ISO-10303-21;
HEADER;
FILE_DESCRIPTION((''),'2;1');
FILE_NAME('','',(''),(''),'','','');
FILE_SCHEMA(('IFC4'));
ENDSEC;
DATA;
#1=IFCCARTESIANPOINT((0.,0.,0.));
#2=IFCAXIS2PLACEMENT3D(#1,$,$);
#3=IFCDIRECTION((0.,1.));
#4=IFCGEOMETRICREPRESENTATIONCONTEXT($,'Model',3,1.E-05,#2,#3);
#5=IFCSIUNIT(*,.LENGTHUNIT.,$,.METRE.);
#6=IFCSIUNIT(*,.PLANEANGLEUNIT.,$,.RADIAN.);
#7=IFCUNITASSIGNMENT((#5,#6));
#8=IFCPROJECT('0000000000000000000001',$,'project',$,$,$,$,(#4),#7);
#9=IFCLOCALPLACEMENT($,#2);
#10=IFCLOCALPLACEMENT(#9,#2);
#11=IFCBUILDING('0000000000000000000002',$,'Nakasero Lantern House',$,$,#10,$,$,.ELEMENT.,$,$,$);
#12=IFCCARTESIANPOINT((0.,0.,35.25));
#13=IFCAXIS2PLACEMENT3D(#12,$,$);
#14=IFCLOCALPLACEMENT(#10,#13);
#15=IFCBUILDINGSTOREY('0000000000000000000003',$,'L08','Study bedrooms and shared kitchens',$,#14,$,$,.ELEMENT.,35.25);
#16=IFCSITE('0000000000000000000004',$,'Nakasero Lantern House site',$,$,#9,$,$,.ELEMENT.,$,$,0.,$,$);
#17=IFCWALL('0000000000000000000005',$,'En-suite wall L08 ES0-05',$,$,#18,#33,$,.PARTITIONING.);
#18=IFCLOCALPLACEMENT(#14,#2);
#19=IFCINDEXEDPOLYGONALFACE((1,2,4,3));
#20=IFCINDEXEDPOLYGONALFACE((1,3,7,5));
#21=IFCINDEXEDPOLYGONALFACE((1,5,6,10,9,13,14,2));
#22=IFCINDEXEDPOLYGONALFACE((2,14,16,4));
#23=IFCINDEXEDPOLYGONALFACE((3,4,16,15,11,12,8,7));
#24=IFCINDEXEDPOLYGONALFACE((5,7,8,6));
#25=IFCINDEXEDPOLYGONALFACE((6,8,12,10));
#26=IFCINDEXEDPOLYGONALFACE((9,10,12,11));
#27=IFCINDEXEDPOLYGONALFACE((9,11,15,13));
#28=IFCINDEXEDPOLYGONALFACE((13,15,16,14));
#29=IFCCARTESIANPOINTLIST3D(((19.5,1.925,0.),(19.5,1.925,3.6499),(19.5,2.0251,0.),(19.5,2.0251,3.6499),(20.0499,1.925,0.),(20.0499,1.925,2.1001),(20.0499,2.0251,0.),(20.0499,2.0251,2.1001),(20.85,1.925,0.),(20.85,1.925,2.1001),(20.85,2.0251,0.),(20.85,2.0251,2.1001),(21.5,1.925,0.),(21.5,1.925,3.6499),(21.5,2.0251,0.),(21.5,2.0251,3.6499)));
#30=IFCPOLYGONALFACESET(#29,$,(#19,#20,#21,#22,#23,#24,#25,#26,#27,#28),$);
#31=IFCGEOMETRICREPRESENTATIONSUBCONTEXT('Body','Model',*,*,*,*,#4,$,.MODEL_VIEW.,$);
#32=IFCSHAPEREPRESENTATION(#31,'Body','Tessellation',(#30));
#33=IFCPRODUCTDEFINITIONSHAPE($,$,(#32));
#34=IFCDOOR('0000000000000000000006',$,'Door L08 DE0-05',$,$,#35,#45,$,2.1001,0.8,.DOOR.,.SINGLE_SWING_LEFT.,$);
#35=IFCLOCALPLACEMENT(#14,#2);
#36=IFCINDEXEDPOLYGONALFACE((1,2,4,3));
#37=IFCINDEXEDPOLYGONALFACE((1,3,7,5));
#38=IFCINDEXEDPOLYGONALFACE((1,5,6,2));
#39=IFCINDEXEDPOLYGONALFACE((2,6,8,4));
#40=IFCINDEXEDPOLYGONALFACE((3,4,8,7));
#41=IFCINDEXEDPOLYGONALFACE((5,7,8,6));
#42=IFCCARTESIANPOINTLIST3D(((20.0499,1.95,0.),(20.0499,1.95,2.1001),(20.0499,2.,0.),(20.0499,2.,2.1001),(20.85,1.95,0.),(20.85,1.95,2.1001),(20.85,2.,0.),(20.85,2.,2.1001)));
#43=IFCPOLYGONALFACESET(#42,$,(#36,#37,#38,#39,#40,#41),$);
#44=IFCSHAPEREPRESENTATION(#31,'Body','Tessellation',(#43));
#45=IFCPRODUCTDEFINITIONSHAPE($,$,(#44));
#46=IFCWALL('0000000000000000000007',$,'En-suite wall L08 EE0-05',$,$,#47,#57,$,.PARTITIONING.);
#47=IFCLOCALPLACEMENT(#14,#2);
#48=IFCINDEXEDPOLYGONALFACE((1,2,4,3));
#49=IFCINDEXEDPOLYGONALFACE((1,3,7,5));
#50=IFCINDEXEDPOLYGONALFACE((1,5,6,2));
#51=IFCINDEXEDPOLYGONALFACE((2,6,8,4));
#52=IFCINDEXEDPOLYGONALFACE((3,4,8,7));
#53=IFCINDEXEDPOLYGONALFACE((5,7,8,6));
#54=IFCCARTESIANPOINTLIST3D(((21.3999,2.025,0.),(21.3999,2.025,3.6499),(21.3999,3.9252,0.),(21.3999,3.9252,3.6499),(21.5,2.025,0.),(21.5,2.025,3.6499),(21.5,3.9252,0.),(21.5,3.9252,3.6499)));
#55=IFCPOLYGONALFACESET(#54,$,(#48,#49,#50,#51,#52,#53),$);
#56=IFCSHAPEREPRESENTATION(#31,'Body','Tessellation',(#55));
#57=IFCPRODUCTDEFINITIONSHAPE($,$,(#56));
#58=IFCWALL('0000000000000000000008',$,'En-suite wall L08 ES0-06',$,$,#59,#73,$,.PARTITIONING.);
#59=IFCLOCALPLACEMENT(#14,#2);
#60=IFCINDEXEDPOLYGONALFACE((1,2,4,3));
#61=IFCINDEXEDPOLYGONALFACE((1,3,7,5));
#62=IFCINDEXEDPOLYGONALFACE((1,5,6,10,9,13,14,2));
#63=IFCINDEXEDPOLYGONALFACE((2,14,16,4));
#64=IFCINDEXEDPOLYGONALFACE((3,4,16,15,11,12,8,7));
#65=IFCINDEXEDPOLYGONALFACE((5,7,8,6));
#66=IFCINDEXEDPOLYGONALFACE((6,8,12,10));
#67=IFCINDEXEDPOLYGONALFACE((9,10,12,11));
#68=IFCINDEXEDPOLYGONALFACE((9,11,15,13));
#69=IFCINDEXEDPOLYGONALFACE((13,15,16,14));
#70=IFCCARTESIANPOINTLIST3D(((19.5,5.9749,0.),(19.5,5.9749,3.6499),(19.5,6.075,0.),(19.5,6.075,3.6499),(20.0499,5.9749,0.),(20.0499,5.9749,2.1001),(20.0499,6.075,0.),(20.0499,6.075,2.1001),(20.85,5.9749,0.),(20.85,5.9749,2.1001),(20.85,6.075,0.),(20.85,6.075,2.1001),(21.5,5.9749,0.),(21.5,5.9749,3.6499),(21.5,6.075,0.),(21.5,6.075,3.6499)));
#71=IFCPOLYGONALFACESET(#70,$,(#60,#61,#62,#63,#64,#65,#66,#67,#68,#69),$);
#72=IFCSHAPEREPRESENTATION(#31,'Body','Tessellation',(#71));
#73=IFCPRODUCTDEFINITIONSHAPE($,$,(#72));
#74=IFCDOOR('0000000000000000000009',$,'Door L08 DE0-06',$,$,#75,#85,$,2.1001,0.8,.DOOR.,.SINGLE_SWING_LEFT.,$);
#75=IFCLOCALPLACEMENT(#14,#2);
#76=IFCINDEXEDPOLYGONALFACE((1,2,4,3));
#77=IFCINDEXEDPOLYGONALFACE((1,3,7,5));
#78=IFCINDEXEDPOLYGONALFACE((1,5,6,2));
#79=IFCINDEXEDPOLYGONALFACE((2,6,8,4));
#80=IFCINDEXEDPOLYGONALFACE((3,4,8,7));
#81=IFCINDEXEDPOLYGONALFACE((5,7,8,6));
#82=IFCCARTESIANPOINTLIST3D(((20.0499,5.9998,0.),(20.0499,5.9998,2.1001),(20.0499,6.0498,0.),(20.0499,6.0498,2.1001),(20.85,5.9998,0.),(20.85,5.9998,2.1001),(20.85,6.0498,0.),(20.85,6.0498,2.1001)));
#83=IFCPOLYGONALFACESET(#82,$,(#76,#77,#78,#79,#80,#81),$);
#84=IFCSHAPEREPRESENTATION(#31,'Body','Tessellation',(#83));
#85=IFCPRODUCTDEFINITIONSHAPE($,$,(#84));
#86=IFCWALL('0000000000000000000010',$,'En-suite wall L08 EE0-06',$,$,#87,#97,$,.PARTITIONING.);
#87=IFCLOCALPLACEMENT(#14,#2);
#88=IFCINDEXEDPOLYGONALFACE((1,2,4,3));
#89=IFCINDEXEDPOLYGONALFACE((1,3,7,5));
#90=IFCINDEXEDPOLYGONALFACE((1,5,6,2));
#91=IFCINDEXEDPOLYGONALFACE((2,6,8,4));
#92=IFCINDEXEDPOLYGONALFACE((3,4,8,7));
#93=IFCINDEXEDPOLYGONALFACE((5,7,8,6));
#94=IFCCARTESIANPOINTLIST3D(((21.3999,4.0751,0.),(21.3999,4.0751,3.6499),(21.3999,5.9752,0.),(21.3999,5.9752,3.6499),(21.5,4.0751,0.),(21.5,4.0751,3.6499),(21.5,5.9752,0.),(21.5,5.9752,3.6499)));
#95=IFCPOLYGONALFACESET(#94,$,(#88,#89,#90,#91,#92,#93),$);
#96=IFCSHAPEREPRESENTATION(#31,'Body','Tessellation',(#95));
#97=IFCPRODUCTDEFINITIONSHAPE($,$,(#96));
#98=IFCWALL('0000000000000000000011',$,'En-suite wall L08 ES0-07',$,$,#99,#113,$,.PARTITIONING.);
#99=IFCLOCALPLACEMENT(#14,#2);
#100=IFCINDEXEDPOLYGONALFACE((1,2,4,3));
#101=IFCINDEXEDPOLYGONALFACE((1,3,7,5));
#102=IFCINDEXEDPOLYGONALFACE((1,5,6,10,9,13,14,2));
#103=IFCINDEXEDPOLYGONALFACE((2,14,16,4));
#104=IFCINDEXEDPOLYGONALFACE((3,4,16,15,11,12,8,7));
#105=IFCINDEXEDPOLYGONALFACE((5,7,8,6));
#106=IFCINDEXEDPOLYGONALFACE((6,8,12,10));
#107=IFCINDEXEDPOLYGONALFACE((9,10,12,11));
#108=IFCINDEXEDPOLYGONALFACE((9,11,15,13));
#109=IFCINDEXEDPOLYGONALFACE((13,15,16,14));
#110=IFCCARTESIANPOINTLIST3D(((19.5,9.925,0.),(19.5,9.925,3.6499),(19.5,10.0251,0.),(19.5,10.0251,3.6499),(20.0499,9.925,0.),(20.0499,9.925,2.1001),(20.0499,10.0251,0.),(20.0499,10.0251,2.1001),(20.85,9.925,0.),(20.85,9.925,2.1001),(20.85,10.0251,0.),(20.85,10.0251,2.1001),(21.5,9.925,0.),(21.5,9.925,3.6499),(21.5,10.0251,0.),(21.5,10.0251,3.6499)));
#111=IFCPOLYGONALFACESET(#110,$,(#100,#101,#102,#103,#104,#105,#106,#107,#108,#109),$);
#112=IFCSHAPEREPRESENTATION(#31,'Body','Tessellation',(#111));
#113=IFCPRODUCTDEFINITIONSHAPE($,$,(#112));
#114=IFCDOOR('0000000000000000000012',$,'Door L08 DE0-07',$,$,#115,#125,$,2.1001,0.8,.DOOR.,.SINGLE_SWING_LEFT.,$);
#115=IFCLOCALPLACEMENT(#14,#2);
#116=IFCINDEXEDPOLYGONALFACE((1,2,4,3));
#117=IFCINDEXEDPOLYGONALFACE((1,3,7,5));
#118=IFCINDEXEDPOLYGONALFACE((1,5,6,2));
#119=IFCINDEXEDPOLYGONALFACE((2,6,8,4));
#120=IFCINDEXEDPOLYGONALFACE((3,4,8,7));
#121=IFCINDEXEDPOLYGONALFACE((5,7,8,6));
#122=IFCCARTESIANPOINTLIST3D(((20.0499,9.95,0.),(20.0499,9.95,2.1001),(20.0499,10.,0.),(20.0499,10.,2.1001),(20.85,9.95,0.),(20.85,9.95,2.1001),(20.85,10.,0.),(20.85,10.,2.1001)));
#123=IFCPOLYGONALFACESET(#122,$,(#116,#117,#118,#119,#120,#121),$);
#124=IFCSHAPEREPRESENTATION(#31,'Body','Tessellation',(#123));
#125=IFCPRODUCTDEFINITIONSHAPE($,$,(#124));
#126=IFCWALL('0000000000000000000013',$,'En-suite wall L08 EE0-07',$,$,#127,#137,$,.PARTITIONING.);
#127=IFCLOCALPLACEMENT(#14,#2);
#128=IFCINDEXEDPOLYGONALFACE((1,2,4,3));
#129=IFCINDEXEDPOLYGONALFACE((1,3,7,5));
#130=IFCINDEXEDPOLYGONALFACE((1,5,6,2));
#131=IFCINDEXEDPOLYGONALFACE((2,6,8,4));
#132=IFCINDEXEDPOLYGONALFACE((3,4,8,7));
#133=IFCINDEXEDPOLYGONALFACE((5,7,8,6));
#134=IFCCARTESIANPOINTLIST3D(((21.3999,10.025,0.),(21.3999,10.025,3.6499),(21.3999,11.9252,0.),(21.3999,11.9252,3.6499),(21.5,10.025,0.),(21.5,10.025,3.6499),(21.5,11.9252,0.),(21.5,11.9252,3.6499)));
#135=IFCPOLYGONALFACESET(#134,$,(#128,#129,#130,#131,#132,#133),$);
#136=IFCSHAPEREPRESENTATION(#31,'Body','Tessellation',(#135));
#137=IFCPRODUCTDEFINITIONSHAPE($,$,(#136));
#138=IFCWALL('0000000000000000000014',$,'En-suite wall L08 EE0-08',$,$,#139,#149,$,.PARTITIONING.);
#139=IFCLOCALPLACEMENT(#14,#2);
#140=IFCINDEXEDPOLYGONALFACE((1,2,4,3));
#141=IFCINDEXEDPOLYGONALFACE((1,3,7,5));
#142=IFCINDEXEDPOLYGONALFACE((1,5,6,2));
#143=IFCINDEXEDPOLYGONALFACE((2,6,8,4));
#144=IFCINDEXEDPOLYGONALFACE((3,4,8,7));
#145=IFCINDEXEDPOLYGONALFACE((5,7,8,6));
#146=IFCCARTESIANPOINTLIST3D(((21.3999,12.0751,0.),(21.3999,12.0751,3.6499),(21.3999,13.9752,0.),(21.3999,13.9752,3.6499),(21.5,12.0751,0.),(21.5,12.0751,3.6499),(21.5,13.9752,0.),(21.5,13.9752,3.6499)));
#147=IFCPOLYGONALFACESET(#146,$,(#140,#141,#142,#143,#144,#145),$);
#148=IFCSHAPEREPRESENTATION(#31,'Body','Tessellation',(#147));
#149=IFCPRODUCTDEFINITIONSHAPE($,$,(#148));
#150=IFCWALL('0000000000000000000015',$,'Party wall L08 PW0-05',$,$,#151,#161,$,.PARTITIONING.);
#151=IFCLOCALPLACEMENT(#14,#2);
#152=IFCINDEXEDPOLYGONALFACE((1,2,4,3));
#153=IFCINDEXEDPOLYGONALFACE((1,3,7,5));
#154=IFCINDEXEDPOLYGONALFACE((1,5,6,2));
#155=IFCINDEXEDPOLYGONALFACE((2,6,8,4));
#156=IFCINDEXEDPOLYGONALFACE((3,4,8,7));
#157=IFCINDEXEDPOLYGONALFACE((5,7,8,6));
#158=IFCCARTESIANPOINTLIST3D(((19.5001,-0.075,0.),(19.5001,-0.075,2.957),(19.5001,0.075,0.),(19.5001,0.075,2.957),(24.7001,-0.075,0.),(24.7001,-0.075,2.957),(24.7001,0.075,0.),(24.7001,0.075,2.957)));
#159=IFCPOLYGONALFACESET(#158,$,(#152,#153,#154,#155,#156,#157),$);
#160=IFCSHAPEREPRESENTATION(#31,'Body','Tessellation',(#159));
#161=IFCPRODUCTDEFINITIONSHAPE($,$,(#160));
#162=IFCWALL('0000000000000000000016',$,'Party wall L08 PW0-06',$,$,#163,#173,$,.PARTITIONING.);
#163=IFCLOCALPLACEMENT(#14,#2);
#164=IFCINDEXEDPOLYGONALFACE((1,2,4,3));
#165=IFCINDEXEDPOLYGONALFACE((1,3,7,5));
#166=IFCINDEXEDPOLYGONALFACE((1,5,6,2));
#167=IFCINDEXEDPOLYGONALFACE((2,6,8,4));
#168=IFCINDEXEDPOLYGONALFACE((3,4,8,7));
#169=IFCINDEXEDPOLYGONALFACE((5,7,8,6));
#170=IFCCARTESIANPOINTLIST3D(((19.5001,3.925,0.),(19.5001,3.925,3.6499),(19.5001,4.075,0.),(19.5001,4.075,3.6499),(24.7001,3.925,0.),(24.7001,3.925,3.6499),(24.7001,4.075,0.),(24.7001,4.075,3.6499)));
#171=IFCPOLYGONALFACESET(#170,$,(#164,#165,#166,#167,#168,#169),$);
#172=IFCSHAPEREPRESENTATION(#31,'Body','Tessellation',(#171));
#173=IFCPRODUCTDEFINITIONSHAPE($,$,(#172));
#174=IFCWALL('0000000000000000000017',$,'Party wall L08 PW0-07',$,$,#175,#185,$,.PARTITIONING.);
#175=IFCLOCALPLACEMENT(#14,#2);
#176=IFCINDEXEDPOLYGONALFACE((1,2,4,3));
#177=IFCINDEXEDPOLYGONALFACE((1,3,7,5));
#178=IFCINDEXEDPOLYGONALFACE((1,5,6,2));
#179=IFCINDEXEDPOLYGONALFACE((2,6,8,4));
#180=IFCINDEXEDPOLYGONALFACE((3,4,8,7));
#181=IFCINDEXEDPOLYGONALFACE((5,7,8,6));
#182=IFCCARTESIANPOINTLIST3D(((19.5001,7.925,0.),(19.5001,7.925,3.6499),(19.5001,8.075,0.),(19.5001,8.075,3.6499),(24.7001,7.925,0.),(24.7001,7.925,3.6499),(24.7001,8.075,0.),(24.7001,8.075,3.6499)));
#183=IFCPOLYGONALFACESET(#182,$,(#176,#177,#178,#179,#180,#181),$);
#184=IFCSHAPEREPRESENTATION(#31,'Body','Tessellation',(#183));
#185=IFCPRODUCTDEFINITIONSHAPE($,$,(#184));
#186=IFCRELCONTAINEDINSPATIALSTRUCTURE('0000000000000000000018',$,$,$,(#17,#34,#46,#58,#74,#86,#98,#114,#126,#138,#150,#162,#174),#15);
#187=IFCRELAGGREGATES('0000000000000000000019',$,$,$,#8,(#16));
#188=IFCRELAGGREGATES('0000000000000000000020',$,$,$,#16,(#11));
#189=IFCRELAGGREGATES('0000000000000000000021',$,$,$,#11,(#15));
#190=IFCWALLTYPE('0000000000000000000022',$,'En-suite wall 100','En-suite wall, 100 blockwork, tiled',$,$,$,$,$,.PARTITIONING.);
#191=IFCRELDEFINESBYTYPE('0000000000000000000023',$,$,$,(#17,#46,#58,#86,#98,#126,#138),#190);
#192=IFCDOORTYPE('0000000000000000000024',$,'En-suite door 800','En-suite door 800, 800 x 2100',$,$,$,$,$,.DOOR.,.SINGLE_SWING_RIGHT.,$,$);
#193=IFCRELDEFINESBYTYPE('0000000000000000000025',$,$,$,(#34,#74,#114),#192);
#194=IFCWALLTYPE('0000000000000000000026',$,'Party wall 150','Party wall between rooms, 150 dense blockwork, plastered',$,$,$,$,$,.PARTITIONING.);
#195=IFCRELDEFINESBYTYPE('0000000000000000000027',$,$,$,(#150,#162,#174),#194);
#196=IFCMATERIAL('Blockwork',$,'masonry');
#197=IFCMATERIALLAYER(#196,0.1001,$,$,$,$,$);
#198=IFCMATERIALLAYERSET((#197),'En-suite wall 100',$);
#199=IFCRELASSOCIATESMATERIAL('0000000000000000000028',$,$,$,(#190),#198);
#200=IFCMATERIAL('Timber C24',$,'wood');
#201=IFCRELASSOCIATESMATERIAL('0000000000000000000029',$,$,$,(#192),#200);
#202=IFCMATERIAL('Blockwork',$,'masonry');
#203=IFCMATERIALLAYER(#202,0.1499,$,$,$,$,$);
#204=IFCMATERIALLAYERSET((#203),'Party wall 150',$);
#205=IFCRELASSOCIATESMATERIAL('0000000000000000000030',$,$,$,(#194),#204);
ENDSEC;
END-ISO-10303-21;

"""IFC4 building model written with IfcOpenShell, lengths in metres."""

from ifc_helpers import new_model, si_unit, direction, frame, frame_2d, origin, place, context, subcontext, project, spatial, rectangle, extrude, material, layer, layer_set, type_object, element, fill, save


model = new_model("IFC4")

# Units and contexts
model_context = context("Model", 3, precision=1e-05, world=origin(), true_north=direction((0.0, 1.0)))
body_context = subcontext(model_context, "Body", "Model", "MODEL_VIEW")
ifc_project = project(units=[si_unit("LENGTHUNIT", "METRE"), si_unit("PLANEANGLEUNIT", "RADIAN")], contexts=[model_context])

# Site, building, storey
site_placement = place(None, origin())
site = spatial("IfcSite", under=ifc_project, at=site_placement, Name="Nakasero Lantern House site", CompositionType="ELEMENT", RefElevation=0.0)
building_placement = place(site_placement, origin())
building = spatial("IfcBuilding", under=site, at=building_placement, Name="Nakasero Lantern House", CompositionType="ELEMENT")
storey_placement = place(building_placement, frame((0.0, 0.0, 35.25)))
storey = spatial("IfcBuildingStorey", under=building, at=storey_placement, Name="L08", Description="Study bedrooms and shared kitchens", CompositionType="ELEMENT", Elevation=35.25)

# Wall, opening, door
ifc_material_1 = material(Name="Blockwork", Category="masonry")
ifc_layer_1 = layer(ifc_material_1, 0.1001)
ifc_layer_set_1 = layer_set([ifc_layer_1], Name="En-suite wall 100")
wall_type_1 = type_object("IfcWallType", Name="En-suite wall 100", Description="En-suite wall, 100 blockwork, tiled", PredefinedType="PARTITIONING", material=ifc_layer_set_1)
wall_1_placement = place(storey_placement, frame((19.5, 1.9751, 0.0), z_axis=(0.0, 0.0, 1.0), x_axis=(1.0, 0.0, 0.0)))
wall_1 = element("IfcWall", 1, at=wall_1_placement, inside=storey, type_object=wall_type_1, Name="En-suite wall L08 ES0-05", PredefinedType="PARTITIONING", context=body_context, shape_type="SweptSolid", body=[
    extrude(rectangle(XDim=2.0, YDim=0.1001, at=frame_2d((1.0, 0.0))), origin(), (0.0, 0.0, 1.0), 3.6499),
])
opening_1_placement = place(wall_1_placement, frame((0.55, 0.0, 0.0)))
opening_1 = element("IfcOpeningElement", 2, at=opening_1_placement, cuts=wall_1, PredefinedType="OPENING", context=body_context, shape_type="SweptSolid", body=[
    extrude(rectangle(XDim=0.8, YDim=2.1001, at=frame_2d((0.3999, 1.05))), frame((0.0, 0.0701, 0.0), z_axis=(0.0, -1.0, 0.0), x_axis=(1.0, 0.0, 0.0)), (0.0, 0.0, 1.0), 0.1401),
])
ifc_material_2 = material(Name="Timber C24", Category="wood")
door_type = type_object("IfcDoorType", Name="En-suite door 800", Description="En-suite door 800, 800 x 2100", OperationType="SINGLE_SWING_RIGHT", PredefinedType="DOOR", material=ifc_material_2)
door_1_placement = place(opening_1_placement, origin())
door_1 = element("IfcDoor", 3, at=door_1_placement, inside=storey, type_object=door_type, Name="Door L08 DE0-05", OperationType="SINGLE_SWING_LEFT", OverallHeight=2.1001, OverallWidth=0.8, PredefinedType="DOOR", context=body_context, shape_type="SweptSolid", body=[
    extrude(rectangle(XDim=0.8, YDim=2.1001, at=frame_2d((0.3999, 1.05))), frame((0.0, 0.0249, 0.0), z_axis=(0.0, -1.0, 0.0), x_axis=(1.0, 0.0, 0.0)), (0.0, 0.0, 1.0), 0.05),
])
fill(opening_1, door_1)

# Wall
wall_2_placement = place(storey_placement, frame((21.45, 2.0249, 0.0), z_axis=(0.0, 0.0, 1.0), x_axis=(0.0, 1.0, 0.0)))
element("IfcWall", 4, at=wall_2_placement, inside=storey, type_object=wall_type_1, Name="En-suite wall L08 EE0-05", PredefinedType="PARTITIONING", context=body_context, shape_type="SweptSolid", body=[
    extrude(rectangle(XDim=1.9001, YDim=0.1001, at=frame_2d((0.9502, 0.0))), origin(), (0.0, 0.0, 1.0), 3.6499),
])

# Wall, opening, door
wall_3_placement = place(storey_placement, frame((19.5, 6.0249, 0.0), z_axis=(0.0, 0.0, 1.0), x_axis=(1.0, 0.0, 0.0)))
wall_3 = element("IfcWall", 5, at=wall_3_placement, inside=storey, type_object=wall_type_1, Name="En-suite wall L08 ES0-06", PredefinedType="PARTITIONING", context=body_context, shape_type="SweptSolid", body=[
    extrude(rectangle(XDim=2.0, YDim=0.1001, at=frame_2d((1.0, 0.0))), origin(), (0.0, 0.0, 1.0), 3.6499),
])
opening_2_placement = place(wall_3_placement, frame((0.55, 0.0, 0.0)))
opening_2 = element("IfcOpeningElement", 6, at=opening_2_placement, cuts=wall_3, PredefinedType="OPENING", context=body_context, shape_type="SweptSolid", body=[
    extrude(rectangle(XDim=0.8, YDim=2.1001, at=frame_2d((0.3999, 1.05))), frame((0.0, 0.0701, 0.0), z_axis=(0.0, -1.0, 0.0), x_axis=(1.0, 0.0, 0.0)), (0.0, 0.0, 1.0), 0.1401),
])
door_2_placement = place(opening_2_placement, origin())
door_2 = element("IfcDoor", 7, at=door_2_placement, inside=storey, type_object=door_type, Name="Door L08 DE0-06", OperationType="SINGLE_SWING_LEFT", OverallHeight=2.1001, OverallWidth=0.8, PredefinedType="DOOR", context=body_context, shape_type="SweptSolid", body=[
    extrude(rectangle(XDim=0.8, YDim=2.1001, at=frame_2d((0.3999, 1.05))), frame((0.0, 0.0249, 0.0), z_axis=(0.0, -1.0, 0.0), x_axis=(1.0, 0.0, 0.0)), (0.0, 0.0, 1.0), 0.05),
])
fill(opening_2, door_2)

# Wall
wall_4_placement = place(storey_placement, frame((21.45, 4.075, 0.0), z_axis=(0.0, 0.0, 1.0), x_axis=(0.0, 1.0, 0.0)))
element("IfcWall", 8, at=wall_4_placement, inside=storey, type_object=wall_type_1, Name="En-suite wall L08 EE0-06", PredefinedType="PARTITIONING", context=body_context, shape_type="SweptSolid", body=[
    extrude(rectangle(XDim=1.9001, YDim=0.1001, at=frame_2d((0.9502, 0.0))), origin(), (0.0, 0.0, 1.0), 3.6499),
])

# Wall, opening, door
wall_5_placement = place(storey_placement, frame((19.5, 9.9751, 0.0), z_axis=(0.0, 0.0, 1.0), x_axis=(1.0, 0.0, 0.0)))
wall_5 = element("IfcWall", 9, at=wall_5_placement, inside=storey, type_object=wall_type_1, Name="En-suite wall L08 ES0-07", PredefinedType="PARTITIONING", context=body_context, shape_type="SweptSolid", body=[
    extrude(rectangle(XDim=2.0, YDim=0.1001, at=frame_2d((1.0, 0.0))), origin(), (0.0, 0.0, 1.0), 3.6499),
])
opening_3_placement = place(wall_5_placement, frame((0.55, 0.0, 0.0)))
opening_3 = element("IfcOpeningElement", 10, at=opening_3_placement, cuts=wall_5, PredefinedType="OPENING", context=body_context, shape_type="SweptSolid", body=[
    extrude(rectangle(XDim=0.8, YDim=2.1001, at=frame_2d((0.3999, 1.05))), frame((0.0, 0.0701, 0.0), z_axis=(0.0, -1.0, 0.0), x_axis=(1.0, 0.0, 0.0)), (0.0, 0.0, 1.0), 0.1401),
])
door_3_placement = place(opening_3_placement, origin())
door_3 = element("IfcDoor", 11, at=door_3_placement, inside=storey, type_object=door_type, Name="Door L08 DE0-07", OperationType="SINGLE_SWING_LEFT", OverallHeight=2.1001, OverallWidth=0.8, PredefinedType="DOOR", context=body_context, shape_type="SweptSolid", body=[
    extrude(rectangle(XDim=0.8, YDim=2.1001, at=frame_2d((0.3999, 1.05))), frame((0.0, 0.0249, 0.0), z_axis=(0.0, -1.0, 0.0), x_axis=(1.0, 0.0, 0.0)), (0.0, 0.0, 1.0), 0.05),
])
fill(opening_3, door_3)

# Walls
for number, where, z_axis, x_axis, name in (
    (12, (21.45, 10.0249, 0.0), (0.0, 0.0, 1.0), (0.0, 1.0, 0.0), "En-suite wall L08 EE0-07"),
    (13, (21.45, 12.075, 0.0), (0.0, 0.0, 1.0), (0.0, 1.0, 0.0), "En-suite wall L08 EE0-08"),
):
    element("IfcWall", number, at=place(storey_placement, frame(where, z_axis=z_axis, x_axis=x_axis)), inside=storey, type_object=wall_type_1, Name=name, PredefinedType="PARTITIONING", context=body_context, shape_type="SweptSolid", body=[
        extrude(rectangle(XDim=1.9001, YDim=0.1001, at=frame_2d((0.9502, 0.0))), origin(), (0.0, 0.0, 1.0), 3.6499),
    ])
ifc_material_3 = material(Name="Blockwork", Category="masonry")
ifc_layer_2 = layer(ifc_material_3, 0.1499)
ifc_layer_set_2 = layer_set([ifc_layer_2], Name="Party wall 150")
wall_type_2 = type_object("IfcWallType", Name="Party wall 150", Description="Party wall between rooms, 150 dense blockwork, plastered", PredefinedType="PARTITIONING", material=ifc_layer_set_2)
wall_6_placement = place(storey_placement, frame((19.5, 0.0, 0.0), z_axis=(0.0, 0.0, 1.0), x_axis=(1.0, 0.0, 0.0)))
element("IfcWall", 14, at=wall_6_placement, inside=storey, type_object=wall_type_2, Name="Party wall L08 PW0-05", PredefinedType="PARTITIONING", context=body_context, shape_type="SweptSolid", body=[
    extrude(rectangle(XDim=5.2, YDim=0.1499, at=frame_2d((2.6001, 0.0))), origin(), (0.0, 0.0, 1.0), 2.957),
])
for number, where, z_axis, x_axis, name in (
    (15, (19.5, 4.0, 0.0), (0.0, 0.0, 1.0), (1.0, 0.0, 0.0), "Party wall L08 PW0-06"),
    (16, (19.5, 8.0, 0.0), (0.0, 0.0, 1.0), (1.0, 0.0, 0.0), "Party wall L08 PW0-07"),
):
    element("IfcWall", number, at=place(storey_placement, frame(where, z_axis=z_axis, x_axis=x_axis)), inside=storey, type_object=wall_type_2, Name=name, PredefinedType="PARTITIONING", context=body_context, shape_type="SweptSolid", body=[
        extrude(rectangle(XDim=5.2, YDim=0.1499, at=frame_2d((2.6001, 0.0))), origin(), (0.0, 0.0, 1.0), 3.6499),
    ])

save(model, "model.ifc")
